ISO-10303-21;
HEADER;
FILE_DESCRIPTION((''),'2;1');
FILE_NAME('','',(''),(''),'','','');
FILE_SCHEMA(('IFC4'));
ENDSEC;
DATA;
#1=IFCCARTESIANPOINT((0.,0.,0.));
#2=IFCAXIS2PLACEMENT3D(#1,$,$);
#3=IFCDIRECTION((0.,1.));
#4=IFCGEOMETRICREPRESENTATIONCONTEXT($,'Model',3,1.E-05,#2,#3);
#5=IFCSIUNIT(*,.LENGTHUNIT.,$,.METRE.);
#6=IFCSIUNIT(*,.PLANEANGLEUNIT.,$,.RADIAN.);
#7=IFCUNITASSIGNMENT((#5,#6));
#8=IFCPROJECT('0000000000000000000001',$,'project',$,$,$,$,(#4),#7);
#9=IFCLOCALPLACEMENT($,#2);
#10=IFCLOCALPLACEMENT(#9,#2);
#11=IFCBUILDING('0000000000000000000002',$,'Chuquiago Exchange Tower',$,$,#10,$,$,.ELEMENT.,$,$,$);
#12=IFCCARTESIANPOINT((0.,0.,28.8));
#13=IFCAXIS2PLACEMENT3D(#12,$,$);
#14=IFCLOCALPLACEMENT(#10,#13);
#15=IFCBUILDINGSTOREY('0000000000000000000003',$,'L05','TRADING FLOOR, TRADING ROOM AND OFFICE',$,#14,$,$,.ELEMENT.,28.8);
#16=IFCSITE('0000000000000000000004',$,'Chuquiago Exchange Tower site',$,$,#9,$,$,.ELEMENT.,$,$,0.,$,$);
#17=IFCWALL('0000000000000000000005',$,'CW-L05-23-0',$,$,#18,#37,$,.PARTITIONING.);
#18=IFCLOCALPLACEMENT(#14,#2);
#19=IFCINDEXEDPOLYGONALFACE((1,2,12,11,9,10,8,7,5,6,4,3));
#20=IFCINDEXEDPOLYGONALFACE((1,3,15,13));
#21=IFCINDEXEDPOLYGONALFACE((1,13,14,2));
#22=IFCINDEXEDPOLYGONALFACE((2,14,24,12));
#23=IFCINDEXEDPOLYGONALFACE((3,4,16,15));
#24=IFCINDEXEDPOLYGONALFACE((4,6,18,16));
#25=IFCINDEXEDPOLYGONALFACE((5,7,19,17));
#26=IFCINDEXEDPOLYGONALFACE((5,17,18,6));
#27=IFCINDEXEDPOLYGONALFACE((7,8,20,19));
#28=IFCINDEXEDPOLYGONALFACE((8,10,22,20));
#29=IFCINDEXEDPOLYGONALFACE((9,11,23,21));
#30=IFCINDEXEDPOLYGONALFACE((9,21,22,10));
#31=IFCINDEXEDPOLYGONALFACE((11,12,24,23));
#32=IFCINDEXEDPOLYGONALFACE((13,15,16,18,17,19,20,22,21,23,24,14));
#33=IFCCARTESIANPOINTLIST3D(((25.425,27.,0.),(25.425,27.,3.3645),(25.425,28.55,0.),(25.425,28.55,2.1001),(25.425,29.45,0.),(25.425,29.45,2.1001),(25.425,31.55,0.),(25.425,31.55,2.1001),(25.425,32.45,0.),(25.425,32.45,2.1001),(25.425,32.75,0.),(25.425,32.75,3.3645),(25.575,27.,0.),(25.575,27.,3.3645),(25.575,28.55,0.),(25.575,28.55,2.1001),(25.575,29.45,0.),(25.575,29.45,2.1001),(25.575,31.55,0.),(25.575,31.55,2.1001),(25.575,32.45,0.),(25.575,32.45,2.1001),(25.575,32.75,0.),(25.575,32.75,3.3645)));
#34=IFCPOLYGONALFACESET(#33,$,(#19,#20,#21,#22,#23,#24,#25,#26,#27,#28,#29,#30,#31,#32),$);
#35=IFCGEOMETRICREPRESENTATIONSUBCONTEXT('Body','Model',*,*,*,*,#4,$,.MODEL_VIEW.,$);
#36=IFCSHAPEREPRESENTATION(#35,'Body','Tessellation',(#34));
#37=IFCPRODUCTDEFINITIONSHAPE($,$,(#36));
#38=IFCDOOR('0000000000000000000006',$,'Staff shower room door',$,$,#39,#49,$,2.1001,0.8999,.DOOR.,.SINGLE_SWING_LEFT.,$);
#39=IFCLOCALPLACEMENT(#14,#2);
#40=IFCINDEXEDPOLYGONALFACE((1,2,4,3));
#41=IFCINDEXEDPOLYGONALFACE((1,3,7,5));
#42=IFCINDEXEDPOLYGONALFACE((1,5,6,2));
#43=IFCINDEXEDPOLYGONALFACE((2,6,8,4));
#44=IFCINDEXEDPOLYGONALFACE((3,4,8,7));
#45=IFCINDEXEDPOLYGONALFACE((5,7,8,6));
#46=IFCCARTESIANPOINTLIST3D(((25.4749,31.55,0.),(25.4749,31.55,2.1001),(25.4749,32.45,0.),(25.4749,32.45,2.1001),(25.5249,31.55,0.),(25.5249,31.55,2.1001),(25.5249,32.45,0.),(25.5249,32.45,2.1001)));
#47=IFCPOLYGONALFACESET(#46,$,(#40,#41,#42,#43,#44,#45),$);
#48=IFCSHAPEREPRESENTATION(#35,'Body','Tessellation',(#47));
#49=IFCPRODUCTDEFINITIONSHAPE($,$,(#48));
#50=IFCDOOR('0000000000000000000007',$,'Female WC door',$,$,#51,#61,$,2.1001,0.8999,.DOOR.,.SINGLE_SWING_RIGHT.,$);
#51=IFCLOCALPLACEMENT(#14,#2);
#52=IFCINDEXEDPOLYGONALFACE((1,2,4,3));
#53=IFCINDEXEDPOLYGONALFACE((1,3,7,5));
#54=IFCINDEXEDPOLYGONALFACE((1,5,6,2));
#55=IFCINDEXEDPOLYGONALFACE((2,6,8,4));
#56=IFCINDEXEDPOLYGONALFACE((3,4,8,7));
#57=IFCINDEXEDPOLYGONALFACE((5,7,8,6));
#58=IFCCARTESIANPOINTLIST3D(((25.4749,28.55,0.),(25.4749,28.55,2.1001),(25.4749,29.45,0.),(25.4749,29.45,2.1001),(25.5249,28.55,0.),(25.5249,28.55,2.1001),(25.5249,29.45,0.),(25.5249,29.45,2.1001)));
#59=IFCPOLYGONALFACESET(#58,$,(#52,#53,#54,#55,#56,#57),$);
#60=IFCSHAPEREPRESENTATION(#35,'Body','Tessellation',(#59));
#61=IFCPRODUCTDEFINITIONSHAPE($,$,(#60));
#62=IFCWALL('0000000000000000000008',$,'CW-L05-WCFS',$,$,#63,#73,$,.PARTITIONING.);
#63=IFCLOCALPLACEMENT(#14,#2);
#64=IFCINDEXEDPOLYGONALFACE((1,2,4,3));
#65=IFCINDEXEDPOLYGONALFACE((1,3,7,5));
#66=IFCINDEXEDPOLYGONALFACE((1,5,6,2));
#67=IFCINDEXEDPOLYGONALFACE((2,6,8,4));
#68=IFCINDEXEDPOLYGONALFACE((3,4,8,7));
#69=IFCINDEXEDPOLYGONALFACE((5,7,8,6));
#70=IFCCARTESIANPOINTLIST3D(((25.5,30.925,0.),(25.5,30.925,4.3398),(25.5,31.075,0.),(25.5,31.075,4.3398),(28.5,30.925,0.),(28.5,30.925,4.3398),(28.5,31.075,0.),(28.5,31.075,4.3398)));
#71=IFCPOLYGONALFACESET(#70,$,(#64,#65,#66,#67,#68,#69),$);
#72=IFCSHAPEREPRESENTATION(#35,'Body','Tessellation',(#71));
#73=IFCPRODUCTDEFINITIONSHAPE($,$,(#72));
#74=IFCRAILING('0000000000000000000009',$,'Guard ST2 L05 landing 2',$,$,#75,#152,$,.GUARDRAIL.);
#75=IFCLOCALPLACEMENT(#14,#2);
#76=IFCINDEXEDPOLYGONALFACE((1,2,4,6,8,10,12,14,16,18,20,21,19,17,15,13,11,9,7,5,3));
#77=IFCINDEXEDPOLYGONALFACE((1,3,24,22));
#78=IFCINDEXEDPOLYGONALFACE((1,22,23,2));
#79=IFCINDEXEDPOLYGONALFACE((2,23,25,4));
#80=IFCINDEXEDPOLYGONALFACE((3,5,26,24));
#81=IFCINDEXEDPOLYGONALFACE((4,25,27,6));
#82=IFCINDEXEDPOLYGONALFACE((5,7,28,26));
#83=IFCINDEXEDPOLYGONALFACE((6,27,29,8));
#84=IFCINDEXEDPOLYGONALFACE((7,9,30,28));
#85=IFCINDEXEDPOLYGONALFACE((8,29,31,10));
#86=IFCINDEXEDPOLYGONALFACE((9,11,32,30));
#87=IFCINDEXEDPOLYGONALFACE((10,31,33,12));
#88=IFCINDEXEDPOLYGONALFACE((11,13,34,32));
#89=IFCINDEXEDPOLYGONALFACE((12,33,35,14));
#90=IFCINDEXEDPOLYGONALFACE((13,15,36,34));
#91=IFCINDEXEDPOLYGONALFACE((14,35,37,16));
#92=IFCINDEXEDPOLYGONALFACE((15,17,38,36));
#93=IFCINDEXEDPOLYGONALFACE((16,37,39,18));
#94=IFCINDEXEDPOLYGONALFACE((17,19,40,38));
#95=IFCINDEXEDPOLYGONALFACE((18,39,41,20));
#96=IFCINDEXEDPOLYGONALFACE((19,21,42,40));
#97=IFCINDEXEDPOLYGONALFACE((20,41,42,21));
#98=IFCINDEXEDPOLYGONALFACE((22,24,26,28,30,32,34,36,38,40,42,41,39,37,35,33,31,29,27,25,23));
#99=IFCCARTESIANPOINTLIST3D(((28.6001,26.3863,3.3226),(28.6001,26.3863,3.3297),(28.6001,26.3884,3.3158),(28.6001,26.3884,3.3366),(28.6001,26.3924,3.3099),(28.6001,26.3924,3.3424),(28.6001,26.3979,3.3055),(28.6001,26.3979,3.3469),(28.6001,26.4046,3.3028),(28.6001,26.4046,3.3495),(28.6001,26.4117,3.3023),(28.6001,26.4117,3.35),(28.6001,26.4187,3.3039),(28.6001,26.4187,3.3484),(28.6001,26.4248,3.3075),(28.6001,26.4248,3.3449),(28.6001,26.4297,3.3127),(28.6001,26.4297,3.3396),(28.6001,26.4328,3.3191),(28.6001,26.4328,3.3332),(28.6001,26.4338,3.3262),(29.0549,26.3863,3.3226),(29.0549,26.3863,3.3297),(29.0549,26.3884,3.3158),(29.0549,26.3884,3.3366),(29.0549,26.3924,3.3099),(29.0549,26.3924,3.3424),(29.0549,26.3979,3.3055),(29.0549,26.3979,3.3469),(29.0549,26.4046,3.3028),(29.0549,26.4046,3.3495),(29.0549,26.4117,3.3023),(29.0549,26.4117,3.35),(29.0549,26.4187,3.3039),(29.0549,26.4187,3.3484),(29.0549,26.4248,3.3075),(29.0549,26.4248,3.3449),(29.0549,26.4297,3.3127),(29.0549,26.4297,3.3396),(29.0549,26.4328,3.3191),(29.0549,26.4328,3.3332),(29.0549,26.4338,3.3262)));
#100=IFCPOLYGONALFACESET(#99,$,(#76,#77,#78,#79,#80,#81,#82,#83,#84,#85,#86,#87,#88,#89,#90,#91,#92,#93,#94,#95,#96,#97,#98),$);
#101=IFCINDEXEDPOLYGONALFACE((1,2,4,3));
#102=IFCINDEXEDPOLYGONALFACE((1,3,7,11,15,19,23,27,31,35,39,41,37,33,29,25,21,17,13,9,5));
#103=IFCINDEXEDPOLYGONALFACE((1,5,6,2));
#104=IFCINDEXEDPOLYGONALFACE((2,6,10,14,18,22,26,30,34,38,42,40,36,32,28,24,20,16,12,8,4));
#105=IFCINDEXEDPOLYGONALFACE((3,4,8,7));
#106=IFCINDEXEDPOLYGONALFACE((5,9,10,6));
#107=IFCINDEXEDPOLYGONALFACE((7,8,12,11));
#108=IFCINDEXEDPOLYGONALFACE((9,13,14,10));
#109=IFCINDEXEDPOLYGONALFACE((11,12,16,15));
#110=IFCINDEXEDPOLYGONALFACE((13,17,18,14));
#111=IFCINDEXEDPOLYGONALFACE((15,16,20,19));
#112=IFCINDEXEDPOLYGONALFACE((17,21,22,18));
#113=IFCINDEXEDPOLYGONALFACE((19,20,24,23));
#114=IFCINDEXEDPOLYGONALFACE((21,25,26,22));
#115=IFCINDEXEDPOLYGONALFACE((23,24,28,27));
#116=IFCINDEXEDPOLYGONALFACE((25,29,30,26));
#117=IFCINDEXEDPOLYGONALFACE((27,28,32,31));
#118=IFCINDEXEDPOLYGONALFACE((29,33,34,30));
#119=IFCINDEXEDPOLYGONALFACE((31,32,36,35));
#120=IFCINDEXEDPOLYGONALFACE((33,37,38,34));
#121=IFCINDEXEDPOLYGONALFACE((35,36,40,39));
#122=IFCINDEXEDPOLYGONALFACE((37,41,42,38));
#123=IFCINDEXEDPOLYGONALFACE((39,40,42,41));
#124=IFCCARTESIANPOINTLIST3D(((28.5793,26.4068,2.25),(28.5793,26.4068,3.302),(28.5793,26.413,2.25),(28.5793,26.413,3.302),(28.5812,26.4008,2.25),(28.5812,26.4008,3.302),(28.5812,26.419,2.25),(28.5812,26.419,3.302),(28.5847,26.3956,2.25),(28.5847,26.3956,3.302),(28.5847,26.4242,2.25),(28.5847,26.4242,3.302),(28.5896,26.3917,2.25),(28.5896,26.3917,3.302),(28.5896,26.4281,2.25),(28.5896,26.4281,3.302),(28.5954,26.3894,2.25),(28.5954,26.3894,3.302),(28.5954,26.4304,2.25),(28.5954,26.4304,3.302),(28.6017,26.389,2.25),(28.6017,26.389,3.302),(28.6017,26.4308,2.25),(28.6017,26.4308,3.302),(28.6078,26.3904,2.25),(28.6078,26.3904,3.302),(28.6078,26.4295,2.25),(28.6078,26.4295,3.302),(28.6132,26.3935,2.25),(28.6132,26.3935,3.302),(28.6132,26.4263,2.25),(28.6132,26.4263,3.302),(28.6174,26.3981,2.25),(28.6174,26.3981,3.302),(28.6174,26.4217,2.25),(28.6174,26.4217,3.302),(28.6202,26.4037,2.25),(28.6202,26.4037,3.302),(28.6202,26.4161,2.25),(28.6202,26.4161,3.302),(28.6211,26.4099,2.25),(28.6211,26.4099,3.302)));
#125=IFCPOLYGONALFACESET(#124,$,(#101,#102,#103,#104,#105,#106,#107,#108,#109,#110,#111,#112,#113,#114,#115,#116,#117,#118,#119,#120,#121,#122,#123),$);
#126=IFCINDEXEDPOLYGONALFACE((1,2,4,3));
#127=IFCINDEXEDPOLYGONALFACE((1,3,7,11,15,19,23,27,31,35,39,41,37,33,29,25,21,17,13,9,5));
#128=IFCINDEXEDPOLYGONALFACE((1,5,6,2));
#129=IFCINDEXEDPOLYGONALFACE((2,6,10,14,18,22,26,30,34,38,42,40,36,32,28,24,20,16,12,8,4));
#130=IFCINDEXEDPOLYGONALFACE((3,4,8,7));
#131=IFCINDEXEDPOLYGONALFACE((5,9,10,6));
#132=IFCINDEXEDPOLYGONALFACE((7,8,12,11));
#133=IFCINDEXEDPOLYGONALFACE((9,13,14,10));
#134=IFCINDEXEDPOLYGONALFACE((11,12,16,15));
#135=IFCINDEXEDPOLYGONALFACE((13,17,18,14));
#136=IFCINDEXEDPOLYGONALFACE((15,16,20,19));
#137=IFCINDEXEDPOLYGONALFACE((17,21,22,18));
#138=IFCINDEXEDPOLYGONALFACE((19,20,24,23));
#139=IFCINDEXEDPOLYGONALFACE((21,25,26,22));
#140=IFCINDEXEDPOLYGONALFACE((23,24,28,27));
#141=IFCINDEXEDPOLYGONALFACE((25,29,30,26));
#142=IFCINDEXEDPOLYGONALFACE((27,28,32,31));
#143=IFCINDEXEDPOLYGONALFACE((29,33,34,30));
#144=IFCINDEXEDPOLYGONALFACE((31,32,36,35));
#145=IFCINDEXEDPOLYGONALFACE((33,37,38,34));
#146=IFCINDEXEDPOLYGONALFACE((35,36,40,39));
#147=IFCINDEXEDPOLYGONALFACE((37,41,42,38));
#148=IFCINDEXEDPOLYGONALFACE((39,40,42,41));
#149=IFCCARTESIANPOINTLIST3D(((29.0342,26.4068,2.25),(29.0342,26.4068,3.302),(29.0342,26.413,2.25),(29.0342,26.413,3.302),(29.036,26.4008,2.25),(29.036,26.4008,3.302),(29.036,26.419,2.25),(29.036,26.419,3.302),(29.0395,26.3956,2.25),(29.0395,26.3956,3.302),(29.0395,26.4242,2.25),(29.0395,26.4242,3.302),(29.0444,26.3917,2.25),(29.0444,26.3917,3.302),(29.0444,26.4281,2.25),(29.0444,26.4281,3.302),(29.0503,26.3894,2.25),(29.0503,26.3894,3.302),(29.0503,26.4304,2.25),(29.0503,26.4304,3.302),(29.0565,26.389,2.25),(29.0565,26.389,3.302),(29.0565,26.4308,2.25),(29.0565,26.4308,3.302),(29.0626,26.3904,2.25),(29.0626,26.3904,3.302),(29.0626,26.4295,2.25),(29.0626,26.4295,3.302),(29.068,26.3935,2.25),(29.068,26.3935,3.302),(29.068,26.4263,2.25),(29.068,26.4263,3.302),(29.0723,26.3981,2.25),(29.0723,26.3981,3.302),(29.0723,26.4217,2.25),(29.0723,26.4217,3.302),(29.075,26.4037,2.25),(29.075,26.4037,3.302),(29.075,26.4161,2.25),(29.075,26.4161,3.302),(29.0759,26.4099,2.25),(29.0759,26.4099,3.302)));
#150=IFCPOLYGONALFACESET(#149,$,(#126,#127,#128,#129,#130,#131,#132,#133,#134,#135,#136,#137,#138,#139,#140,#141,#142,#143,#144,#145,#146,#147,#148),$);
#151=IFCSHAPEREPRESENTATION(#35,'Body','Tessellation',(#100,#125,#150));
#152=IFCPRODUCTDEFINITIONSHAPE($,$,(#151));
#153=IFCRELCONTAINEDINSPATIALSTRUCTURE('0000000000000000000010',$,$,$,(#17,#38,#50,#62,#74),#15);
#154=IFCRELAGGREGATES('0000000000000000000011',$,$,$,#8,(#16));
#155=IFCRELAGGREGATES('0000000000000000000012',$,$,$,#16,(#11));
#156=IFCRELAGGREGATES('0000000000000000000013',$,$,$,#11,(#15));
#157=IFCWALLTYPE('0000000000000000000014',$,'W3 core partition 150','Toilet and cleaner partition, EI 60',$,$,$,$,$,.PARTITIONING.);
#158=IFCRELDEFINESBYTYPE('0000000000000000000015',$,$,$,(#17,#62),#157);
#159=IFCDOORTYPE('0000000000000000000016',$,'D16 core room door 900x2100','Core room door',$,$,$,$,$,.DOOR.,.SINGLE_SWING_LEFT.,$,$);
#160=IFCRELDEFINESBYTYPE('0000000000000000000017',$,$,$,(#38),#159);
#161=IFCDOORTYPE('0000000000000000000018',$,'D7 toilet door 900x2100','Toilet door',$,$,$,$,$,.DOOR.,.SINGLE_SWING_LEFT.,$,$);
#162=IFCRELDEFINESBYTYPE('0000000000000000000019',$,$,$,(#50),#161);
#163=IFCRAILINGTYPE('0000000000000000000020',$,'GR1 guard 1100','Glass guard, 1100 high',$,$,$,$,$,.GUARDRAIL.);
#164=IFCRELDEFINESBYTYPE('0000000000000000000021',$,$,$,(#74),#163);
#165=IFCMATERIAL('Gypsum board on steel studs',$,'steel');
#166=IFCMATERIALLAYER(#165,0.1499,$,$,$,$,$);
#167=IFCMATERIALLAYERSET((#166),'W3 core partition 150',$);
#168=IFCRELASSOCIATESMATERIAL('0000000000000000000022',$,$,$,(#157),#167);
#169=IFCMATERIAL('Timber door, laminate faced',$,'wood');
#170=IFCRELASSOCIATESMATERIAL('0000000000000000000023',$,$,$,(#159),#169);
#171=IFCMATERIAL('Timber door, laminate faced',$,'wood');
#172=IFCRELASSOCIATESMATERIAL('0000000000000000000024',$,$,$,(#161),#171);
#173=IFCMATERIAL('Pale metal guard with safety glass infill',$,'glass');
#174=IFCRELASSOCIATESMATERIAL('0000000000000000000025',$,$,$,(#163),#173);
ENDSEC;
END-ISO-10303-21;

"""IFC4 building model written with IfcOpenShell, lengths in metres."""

from ifc_helpers import new_model, si_unit, direction, frame, frame_2d, origin, origin_2d, place, context, subcontext, project, spatial, rectangle, circle, extrude, material, layer, layer_set, type_object, element, fill, save


model = new_model("IFC4")

# Units and contexts
model_context = context("Model", 3, precision=1e-05, world=origin(), true_north=direction((0.0, 1.0)))
body_context = subcontext(model_context, "Body", "Model", "MODEL_VIEW")
ifc_project = project(units=[si_unit("LENGTHUNIT", "METRE"), si_unit("PLANEANGLEUNIT", "RADIAN")], contexts=[model_context])

# Site, building, storey
site_placement = place(None, origin())
site = spatial("IfcSite", under=ifc_project, at=site_placement, Name="Chuquiago Exchange Tower site", CompositionType="ELEMENT", RefElevation=0.0)
building_placement = place(site_placement, origin())
building = spatial("IfcBuilding", under=site, at=building_placement, Name="Chuquiago Exchange Tower", CompositionType="ELEMENT")
storey_placement = place(building_placement, frame((0.0, 0.0, 28.8)))
storey = spatial("IfcBuildingStorey", under=building, at=storey_placement, Name="L05", Description="TRADING FLOOR, TRADING ROOM AND OFFICE", CompositionType="ELEMENT", Elevation=28.8)

# Wall, openings, doors
ifc_material_1 = material(Name="Gypsum board on steel studs", Category="steel")
ifc_layer_1 = layer(ifc_material_1, 0.1499)
ifc_layer_set_1 = layer_set([ifc_layer_1], Name="W3 core partition 150")
wall_type_1 = type_object("IfcWallType", Name="W3 core partition 150", Description="Toilet and cleaner partition, EI 60", PredefinedType="PARTITIONING", material=ifc_layer_set_1)
ifc_material_2 = material(Name="Timber door, laminate faced", Category="wood")
door_type_1 = type_object("IfcDoorType", Name="D16 core room door 900x2100", Description="Core room door", OperationType="SINGLE_SWING_LEFT", PredefinedType="DOOR", material=ifc_material_2)
ifc_material_3 = material(Name="Timber door, laminate faced", Category="wood")
door_type_2 = type_object("IfcDoorType", Name="D7 toilet door 900x2100", Description="Toilet door", OperationType="SINGLE_SWING_LEFT", PredefinedType="DOOR", material=ifc_material_3)
wall_1_placement = place(storey_placement, frame((25.5, 27.0, 0.0), z_axis=(0.0, 0.0, 1.0), x_axis=(0.0, 1.0, 0.0)))
wall_1 = element("IfcWall", 1, at=wall_1_placement, inside=storey, type_object=wall_type_1, Name="CW-L05-23-0", PredefinedType="PARTITIONING", context=body_context, shape_type="SweptSolid", body=[
    extrude(rectangle(XDim=5.75, YDim=0.1499, at=frame_2d((2.875, 0.0))), origin(), (0.0, 0.0, 1.0), 3.3645),
])
opening_1_placement = place(wall_1_placement, frame((1.55, 0.0, 0.0)))
opening_1 = element("IfcOpeningElement", 2, at=opening_1_placement, cuts=wall_1, PredefinedType="OPENING", context=body_context, shape_type="SweptSolid", body=[
    extrude(rectangle(XDim=0.8999, YDim=2.1001, at=frame_2d((0.45, 1.05))), frame((0.0, 0.085, 0.0), z_axis=(0.0, -1.0, 0.0), x_axis=(1.0, 0.0, 0.0)), (0.0, 0.0, 1.0), 0.1699),
])
opening_2_placement = place(wall_1_placement, frame((4.55, 0.0, 0.0)))
opening_2 = element("IfcOpeningElement", 3, at=opening_2_placement, cuts=wall_1, PredefinedType="OPENING", context=body_context, shape_type="SweptSolid", body=[
    extrude(rectangle(XDim=0.8999, YDim=2.1001, at=frame_2d((0.45, 1.05))), frame((0.0, 0.085, 0.0), z_axis=(0.0, -1.0, 0.0), x_axis=(1.0, 0.0, 0.0)), (0.0, 0.0, 1.0), 0.1699),
])
door_1_placement = place(opening_2_placement, frame((0.8999, 0.0, 0.0), z_axis=(0.0, 0.0, 1.0), x_axis=(-1.0, 0.0, 0.0)))
door_1 = element("IfcDoor", 4, at=door_1_placement, inside=storey, type_object=door_type_1, Name="Staff shower room door", OperationType="SINGLE_SWING_LEFT", OverallHeight=2.1001, OverallWidth=0.8999, PredefinedType="DOOR", context=body_context, shape_type="SweptSolid", body=[
    extrude(rectangle(XDim=0.8999, YDim=2.1001, at=frame_2d((0.45, 1.05))), frame((0.0, 0.0249, 0.0), z_axis=(0.0, -1.0, 0.0), x_axis=(1.0, 0.0, 0.0)), (0.0, 0.0, 1.0), 0.05),
])
fill(opening_2, door_1)
door_2_placement = place(opening_1_placement, frame((0.8999, 0.0, 0.0), z_axis=(0.0, 0.0, 1.0), x_axis=(-1.0, 0.0, 0.0)))
door_2 = element("IfcDoor", 5, at=door_2_placement, inside=storey, type_object=door_type_2, Name="Female WC door", OperationType="SINGLE_SWING_RIGHT", OverallHeight=2.1001, OverallWidth=0.8999, PredefinedType="DOOR", context=body_context, shape_type="SweptSolid", body=[
    extrude(rectangle(XDim=0.8999, YDim=2.1001, at=frame_2d((0.45, 1.05))), frame((0.0, 0.0249, 0.0), z_axis=(0.0, -1.0, 0.0), x_axis=(1.0, 0.0, 0.0)), (0.0, 0.0, 1.0), 0.05),
])
fill(opening_1, door_2)

# Wall
wall_2_placement = place(storey_placement, frame((25.5, 31.0, 0.0), z_axis=(0.0, 0.0, 1.0), x_axis=(1.0, 0.0, 0.0)))
element("IfcWall", 6, at=wall_2_placement, inside=storey, type_object=wall_type_1, Name="CW-L05-WCFS", PredefinedType="PARTITIONING", context=body_context, shape_type="SweptSolid", body=[
    extrude(rectangle(XDim=3.0, YDim=0.1499, at=frame_2d((1.5, 0.0))), origin(), (0.0, 0.0, 1.0), 4.3398),
])

# Railing
ifc_material_4 = material(Name="Pale metal guard with safety glass infill", Category="glass")
railing_type = type_object("IfcRailingType", Name="GR1 guard 1100", Description="Glass guard, 1100 high", PredefinedType="GUARDRAIL", material=ifc_material_4)
railing_placement = place(storey_placement, frame((28.6001, 26.4099, 2.25)))
element("IfcRailing", 7, at=railing_placement, inside=storey, type_object=railing_type, Name="Guard ST2 L05 landing 2", PredefinedType="GUARDRAIL", context=body_context, shape_type="SweptSolid", body=[
    extrude(circle(Radius=0.0239, at=origin_2d()), frame((0.0, 0.0, 1.0762), z_axis=(1.0, 0.0, 0.0), x_axis=(0.0, 1.0, 0.0)), (0.0, 0.0, 1.0), 0.4548),
    extrude(circle(Radius=0.021, at=origin_2d()), origin(), (0.0, 0.0, 1.0), 1.052),
    extrude(circle(Radius=0.021, at=origin_2d()), frame((0.4548, 0.0, 0.0)), (0.0, 0.0, 1.0), 1.052),
])

save(model, "model.ifc")
